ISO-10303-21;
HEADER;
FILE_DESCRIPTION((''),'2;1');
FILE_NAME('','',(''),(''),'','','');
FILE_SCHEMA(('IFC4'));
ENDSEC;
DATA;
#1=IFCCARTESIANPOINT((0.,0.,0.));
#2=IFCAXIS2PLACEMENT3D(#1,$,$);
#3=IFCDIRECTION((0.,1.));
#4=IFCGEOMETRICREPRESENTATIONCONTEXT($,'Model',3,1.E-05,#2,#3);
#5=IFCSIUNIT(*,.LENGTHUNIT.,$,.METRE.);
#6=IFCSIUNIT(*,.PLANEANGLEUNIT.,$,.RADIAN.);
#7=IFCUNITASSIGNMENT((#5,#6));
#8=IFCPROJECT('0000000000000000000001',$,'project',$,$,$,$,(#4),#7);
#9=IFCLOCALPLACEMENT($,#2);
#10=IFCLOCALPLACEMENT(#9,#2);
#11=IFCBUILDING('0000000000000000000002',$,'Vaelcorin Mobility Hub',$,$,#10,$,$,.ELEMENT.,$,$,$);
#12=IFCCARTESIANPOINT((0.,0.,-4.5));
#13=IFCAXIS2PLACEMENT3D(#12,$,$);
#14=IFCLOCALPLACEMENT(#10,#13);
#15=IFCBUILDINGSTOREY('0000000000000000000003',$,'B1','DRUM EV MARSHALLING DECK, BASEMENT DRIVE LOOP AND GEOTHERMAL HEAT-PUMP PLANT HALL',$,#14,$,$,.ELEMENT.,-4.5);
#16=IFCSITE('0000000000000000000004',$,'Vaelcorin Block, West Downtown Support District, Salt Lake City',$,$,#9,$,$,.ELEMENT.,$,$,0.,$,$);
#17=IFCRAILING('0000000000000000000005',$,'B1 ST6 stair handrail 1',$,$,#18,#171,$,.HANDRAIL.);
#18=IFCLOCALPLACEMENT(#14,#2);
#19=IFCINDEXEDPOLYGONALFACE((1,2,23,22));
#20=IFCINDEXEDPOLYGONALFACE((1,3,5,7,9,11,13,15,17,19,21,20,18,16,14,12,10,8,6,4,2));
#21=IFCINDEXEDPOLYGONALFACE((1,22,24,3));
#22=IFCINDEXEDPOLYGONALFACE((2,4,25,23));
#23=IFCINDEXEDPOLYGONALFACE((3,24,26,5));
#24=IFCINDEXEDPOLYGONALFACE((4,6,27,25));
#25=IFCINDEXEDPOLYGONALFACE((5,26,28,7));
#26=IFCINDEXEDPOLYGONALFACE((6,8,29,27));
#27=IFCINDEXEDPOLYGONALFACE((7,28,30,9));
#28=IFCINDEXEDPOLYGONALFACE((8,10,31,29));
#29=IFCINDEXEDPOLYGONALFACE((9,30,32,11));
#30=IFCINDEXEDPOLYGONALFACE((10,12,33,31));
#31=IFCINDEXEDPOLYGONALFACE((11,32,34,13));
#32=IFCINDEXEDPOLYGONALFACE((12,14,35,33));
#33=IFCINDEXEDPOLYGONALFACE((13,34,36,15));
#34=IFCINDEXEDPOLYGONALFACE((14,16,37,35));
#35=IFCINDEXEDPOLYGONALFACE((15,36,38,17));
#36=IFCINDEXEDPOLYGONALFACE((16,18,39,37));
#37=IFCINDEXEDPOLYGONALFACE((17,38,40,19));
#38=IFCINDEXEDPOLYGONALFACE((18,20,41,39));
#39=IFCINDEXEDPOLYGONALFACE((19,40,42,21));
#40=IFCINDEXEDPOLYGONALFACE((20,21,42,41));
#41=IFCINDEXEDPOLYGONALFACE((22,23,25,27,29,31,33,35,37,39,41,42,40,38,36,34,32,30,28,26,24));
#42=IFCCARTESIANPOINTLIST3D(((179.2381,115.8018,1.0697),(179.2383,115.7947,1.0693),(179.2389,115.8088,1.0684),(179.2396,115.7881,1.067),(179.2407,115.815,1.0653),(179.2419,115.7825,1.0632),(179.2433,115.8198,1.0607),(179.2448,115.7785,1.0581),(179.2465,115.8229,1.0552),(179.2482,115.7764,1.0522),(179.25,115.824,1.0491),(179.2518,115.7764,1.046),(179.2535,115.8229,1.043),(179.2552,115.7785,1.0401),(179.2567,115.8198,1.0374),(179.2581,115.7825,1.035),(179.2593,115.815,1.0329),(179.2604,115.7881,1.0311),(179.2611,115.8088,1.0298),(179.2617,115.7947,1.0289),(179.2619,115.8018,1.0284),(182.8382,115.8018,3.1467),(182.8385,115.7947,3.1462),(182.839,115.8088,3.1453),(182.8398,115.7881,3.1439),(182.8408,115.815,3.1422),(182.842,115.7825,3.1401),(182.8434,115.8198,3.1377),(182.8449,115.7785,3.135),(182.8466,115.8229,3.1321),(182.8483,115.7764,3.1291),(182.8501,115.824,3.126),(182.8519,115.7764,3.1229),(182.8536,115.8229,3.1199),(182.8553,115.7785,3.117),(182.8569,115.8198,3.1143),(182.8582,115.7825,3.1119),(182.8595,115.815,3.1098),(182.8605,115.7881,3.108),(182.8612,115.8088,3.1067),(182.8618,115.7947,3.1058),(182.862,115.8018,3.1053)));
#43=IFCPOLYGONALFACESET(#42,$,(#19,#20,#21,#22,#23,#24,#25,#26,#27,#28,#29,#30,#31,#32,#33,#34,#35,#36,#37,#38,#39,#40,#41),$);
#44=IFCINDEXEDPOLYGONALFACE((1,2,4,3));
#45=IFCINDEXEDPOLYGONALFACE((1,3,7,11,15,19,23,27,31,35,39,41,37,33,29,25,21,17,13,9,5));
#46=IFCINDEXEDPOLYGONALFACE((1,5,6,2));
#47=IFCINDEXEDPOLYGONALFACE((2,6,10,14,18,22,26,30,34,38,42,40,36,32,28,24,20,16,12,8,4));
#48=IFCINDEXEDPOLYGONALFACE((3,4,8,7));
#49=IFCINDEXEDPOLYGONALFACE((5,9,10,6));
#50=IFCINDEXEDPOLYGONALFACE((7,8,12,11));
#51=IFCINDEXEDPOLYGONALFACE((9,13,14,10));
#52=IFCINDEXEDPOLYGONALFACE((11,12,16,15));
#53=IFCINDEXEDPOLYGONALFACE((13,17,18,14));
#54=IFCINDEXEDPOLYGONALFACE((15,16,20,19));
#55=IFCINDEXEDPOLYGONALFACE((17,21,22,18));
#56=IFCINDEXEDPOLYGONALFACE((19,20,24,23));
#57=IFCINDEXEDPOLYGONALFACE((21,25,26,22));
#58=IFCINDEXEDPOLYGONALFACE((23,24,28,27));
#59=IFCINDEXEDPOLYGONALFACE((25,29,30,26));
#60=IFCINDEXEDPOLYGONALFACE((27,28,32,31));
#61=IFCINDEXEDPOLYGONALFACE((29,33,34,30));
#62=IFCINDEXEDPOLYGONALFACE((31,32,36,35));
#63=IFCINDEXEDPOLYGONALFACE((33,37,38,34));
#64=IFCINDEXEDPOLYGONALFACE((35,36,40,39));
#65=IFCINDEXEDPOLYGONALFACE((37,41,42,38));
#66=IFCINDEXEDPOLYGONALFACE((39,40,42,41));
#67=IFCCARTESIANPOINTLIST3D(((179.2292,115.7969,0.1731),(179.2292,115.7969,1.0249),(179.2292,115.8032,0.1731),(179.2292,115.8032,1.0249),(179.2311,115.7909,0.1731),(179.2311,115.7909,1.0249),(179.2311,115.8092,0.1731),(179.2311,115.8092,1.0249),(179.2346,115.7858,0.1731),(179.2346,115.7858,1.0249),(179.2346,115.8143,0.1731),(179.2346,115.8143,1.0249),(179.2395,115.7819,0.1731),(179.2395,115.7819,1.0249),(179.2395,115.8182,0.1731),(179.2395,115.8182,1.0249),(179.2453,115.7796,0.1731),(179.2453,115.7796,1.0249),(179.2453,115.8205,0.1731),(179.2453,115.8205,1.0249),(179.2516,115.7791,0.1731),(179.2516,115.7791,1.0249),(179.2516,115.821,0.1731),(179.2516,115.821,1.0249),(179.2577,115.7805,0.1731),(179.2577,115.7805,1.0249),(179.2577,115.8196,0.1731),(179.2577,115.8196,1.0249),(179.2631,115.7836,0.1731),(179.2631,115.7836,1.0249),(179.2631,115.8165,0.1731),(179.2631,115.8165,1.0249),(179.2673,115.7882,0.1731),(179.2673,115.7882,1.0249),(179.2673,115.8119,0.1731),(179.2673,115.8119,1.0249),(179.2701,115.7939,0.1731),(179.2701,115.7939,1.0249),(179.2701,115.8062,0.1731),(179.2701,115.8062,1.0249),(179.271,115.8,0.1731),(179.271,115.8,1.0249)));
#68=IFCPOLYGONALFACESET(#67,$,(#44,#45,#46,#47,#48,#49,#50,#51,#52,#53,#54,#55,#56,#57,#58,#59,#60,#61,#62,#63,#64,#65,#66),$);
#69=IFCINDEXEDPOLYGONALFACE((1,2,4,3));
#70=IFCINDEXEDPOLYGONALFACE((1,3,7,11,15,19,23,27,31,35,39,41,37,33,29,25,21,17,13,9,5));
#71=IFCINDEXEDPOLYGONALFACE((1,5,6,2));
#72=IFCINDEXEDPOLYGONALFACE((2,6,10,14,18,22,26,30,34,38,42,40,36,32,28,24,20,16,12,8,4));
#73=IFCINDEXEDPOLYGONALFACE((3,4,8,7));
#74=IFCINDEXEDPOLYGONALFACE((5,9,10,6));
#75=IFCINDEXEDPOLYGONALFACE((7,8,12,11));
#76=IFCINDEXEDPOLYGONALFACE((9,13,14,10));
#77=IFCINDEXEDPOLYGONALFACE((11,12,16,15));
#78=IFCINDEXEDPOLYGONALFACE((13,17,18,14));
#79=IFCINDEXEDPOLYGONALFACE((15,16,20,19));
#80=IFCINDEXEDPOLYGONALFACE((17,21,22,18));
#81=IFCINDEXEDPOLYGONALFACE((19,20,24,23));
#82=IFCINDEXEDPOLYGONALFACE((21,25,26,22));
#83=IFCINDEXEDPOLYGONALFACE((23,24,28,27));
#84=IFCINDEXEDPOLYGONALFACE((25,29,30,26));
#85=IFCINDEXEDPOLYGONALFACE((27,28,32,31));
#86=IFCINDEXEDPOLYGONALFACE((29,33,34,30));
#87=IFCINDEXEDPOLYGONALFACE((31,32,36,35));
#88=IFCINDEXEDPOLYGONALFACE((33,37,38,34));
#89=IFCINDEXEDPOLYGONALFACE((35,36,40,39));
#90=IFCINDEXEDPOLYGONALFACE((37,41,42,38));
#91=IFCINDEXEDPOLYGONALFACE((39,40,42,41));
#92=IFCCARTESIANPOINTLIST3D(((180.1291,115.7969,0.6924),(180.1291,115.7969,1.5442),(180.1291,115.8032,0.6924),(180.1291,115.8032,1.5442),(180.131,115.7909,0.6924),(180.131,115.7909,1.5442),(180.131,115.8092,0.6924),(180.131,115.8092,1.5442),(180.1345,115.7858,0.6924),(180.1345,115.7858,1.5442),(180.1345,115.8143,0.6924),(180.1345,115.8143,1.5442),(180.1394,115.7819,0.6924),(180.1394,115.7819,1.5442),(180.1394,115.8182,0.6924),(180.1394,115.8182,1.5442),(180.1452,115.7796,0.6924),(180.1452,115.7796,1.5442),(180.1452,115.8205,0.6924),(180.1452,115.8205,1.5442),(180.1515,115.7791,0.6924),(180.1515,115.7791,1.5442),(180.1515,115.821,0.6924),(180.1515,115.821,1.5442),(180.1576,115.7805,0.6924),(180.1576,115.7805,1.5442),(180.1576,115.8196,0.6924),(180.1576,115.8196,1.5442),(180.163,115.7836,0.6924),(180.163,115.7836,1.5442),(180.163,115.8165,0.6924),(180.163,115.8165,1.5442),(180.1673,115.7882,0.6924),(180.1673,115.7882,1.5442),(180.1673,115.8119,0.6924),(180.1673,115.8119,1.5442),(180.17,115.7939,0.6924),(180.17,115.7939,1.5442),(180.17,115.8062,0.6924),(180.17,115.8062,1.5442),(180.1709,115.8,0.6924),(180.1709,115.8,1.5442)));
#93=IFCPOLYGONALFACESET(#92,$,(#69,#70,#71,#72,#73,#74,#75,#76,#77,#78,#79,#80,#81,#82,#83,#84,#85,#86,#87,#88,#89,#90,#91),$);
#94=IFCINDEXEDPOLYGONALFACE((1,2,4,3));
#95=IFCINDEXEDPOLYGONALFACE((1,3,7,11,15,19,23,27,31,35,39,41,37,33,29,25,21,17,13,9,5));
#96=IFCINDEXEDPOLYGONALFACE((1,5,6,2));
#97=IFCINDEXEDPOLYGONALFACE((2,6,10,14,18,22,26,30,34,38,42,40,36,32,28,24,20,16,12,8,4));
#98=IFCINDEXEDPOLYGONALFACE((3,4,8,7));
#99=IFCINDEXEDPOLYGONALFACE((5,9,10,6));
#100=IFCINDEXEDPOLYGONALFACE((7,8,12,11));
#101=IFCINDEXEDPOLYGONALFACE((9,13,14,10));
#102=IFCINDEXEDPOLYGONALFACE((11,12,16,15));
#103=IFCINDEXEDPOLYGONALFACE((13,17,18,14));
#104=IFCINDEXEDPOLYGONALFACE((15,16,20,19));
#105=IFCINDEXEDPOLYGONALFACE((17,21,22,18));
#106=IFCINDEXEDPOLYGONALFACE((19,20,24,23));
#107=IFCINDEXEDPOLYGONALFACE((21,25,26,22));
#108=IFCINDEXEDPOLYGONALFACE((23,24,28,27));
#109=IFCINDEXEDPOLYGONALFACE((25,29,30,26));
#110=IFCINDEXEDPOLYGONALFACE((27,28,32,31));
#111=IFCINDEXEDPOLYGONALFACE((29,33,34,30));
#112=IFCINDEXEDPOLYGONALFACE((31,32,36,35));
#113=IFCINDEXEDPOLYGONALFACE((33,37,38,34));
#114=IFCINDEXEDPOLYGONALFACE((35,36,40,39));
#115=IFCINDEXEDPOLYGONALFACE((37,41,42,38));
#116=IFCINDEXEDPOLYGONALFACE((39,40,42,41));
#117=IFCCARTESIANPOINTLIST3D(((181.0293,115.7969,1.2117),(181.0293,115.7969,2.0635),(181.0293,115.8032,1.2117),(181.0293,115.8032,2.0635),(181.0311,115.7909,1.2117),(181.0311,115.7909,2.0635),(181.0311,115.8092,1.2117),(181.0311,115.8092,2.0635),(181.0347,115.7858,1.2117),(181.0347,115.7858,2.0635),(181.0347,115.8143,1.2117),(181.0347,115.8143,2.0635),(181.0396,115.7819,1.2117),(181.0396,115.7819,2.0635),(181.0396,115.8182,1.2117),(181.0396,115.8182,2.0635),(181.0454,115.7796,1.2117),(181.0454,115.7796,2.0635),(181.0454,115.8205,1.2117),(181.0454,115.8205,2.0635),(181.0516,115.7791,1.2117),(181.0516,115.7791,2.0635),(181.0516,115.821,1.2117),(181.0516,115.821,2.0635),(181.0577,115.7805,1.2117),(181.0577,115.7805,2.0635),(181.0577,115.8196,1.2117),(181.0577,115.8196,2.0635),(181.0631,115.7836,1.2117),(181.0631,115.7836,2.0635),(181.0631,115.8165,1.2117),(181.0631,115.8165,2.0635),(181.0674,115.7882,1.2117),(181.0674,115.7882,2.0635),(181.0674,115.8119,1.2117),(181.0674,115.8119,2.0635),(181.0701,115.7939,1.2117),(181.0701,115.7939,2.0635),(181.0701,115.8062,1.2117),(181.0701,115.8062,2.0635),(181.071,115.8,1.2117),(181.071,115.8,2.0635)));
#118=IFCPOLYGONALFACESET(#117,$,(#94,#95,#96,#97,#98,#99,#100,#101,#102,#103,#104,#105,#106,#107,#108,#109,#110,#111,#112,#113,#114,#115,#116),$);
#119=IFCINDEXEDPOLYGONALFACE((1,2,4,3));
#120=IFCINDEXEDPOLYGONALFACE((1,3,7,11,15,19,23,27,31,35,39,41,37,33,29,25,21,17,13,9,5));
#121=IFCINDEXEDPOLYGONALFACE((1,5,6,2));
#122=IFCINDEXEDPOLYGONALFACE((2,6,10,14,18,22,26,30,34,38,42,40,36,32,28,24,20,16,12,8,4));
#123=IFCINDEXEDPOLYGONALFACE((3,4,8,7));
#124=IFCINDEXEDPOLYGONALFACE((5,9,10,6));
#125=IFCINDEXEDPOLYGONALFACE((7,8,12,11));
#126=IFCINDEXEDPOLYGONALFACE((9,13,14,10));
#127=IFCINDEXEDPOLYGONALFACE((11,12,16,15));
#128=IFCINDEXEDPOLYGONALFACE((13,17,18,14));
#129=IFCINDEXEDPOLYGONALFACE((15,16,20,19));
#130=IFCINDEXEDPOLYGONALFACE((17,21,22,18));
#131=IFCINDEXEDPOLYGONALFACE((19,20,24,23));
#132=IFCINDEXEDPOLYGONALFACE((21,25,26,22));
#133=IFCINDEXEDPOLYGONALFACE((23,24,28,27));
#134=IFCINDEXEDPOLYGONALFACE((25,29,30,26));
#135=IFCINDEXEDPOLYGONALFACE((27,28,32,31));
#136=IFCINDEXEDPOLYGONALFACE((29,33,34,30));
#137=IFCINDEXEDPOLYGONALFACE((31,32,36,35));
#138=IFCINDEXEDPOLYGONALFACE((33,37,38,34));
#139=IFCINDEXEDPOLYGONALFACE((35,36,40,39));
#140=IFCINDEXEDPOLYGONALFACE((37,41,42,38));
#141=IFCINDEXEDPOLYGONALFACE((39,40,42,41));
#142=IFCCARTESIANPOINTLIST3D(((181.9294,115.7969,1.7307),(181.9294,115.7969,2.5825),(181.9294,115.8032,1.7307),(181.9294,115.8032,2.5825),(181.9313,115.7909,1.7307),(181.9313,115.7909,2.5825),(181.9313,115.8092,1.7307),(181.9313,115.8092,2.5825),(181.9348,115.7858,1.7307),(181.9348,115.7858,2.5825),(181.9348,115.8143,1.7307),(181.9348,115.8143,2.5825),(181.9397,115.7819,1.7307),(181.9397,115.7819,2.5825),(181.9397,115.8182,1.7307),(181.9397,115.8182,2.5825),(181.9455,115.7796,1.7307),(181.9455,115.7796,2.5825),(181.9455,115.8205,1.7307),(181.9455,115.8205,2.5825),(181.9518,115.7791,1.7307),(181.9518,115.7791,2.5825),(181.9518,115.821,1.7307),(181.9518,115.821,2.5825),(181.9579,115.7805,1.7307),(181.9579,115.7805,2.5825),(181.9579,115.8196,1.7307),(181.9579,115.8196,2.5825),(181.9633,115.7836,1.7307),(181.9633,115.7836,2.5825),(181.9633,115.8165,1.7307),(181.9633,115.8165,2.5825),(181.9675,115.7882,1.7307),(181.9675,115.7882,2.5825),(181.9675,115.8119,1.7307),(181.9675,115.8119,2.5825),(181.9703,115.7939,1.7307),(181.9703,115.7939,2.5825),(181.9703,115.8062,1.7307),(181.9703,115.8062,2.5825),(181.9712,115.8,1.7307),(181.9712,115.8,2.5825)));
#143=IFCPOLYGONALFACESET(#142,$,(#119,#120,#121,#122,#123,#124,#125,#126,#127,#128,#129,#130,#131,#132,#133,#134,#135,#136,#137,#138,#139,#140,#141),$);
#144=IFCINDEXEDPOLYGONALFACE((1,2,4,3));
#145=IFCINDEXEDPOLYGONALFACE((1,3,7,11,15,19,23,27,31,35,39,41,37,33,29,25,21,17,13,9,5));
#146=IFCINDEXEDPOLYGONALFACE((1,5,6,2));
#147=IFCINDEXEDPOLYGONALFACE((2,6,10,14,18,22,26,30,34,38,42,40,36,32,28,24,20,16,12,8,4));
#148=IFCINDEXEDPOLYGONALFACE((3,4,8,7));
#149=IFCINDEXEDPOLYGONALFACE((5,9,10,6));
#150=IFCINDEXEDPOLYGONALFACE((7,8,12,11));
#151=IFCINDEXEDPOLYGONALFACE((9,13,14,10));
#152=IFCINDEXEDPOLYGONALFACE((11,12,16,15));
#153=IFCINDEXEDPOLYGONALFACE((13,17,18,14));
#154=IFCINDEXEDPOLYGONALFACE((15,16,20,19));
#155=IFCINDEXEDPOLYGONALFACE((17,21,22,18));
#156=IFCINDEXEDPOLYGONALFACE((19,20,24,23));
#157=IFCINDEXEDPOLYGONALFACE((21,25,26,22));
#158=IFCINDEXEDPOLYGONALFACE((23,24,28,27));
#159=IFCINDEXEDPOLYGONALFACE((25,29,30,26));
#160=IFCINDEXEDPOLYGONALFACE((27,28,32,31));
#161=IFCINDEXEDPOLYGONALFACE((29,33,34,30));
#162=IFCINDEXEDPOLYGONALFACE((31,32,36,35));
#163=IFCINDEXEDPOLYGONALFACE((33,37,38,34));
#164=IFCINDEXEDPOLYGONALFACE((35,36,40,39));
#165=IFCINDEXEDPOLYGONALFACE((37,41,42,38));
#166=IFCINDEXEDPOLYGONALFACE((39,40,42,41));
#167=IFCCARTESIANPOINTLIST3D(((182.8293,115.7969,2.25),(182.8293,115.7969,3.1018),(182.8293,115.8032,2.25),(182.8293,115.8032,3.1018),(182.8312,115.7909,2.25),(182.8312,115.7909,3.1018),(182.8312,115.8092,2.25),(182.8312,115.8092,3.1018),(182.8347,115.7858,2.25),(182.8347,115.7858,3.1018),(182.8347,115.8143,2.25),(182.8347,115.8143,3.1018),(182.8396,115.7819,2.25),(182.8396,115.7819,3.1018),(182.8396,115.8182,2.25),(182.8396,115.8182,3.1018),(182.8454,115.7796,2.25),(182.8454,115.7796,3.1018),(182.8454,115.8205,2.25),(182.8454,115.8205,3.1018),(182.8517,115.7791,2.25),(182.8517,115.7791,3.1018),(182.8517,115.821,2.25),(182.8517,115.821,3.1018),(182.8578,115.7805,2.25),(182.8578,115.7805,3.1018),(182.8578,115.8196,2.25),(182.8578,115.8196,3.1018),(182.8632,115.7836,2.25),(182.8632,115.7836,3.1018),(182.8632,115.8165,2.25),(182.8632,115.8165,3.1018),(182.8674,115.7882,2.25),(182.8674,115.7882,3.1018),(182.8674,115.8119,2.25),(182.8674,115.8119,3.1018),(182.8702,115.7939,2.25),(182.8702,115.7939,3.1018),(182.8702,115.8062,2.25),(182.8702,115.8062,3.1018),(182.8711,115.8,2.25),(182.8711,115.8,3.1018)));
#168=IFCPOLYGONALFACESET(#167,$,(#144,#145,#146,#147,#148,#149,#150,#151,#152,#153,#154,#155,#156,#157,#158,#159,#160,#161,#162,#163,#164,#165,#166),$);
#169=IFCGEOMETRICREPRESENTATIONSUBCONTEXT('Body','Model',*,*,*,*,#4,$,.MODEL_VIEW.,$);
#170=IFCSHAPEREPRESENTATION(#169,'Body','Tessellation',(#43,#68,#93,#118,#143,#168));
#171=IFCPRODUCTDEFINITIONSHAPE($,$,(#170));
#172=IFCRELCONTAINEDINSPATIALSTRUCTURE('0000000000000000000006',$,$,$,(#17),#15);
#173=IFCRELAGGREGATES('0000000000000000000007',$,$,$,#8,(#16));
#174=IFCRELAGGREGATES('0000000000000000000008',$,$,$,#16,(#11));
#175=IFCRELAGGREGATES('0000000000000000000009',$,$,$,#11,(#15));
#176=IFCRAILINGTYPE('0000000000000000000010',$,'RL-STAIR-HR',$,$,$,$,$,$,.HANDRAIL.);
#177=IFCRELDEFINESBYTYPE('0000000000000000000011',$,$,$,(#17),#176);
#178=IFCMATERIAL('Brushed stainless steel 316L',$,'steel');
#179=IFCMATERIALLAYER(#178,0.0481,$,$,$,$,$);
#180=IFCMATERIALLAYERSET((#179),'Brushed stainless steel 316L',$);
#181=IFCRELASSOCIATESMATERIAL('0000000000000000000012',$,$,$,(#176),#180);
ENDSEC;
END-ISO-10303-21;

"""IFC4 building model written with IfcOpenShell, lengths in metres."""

from ifc_helpers import new_model, si_unit, direction, frame, origin, origin_2d, place, context, subcontext, project, spatial, circle, extrude, material, layer, layer_set, type_object, element, save


model = new_model("IFC4")

# Units and contexts
model_context = context("Model", 3, precision=1e-05, world=origin(), true_north=direction((0.0, 1.0)))
body_context = subcontext(model_context, "Body", "Model", "MODEL_VIEW")
ifc_project = project(units=[si_unit("LENGTHUNIT", "METRE"), si_unit("PLANEANGLEUNIT", "RADIAN")], contexts=[model_context])

# Site, building, storey
site_placement = place(None, origin())
site = spatial("IfcSite", under=ifc_project, at=site_placement, Name="Vaelcorin Block, West Downtown Support District, Salt Lake City", CompositionType="ELEMENT", RefElevation=0.0)
building_placement = place(site_placement, origin())
building = spatial("IfcBuilding", under=site, at=building_placement, Name="Vaelcorin Mobility Hub", CompositionType="ELEMENT")
storey_placement = place(building_placement, frame((0.0, 0.0, -4.5)))
storey = spatial("IfcBuildingStorey", under=building, at=storey_placement, Name="B1", Description="DRUM EV MARSHALLING DECK, BASEMENT DRIVE LOOP AND GEOTHERMAL HEAT-PUMP PLANT HALL", CompositionType="ELEMENT", Elevation=-4.5)

# Railing
ifc_material_1 = material(Name="Brushed stainless steel 316L", Category="steel")
ifc_layer_1 = layer(ifc_material_1, 0.0481)
ifc_layer_set_1 = layer_set([ifc_layer_1], Name="Brushed stainless steel 316L")
railing_type_1 = type_object("IfcRailingType", Name="RL-STAIR-HR", PredefinedType="HANDRAIL", material=ifc_layer_set_1)
railing_1_placement = place(storey_placement, frame((179.25, 115.8, 0.1731)))
element("IfcRailing", 1, at=railing_1_placement, inside=storey, type_object=railing_type_1, Name="B1 ST6 stair handrail 1", PredefinedType="HANDRAIL", context=body_context, shape_type="SweptSolid", body=[
    extrude(circle(Radius=0.0239, at=origin_2d()), frame((0.0, 0.0, 0.876), z_axis=(0.866193, 0.0, 0.499709), x_axis=(0.0, 1.0, 0.0)), (0.0, 0.0, 1.0), 4.1562),
    extrude(circle(Radius=0.021, at=origin_2d()), origin(), (0.0, 0.0, 1.0), 0.8518),
    extrude(circle(Radius=0.021, at=origin_2d()), frame((0.8999, 0.0, 0.5193)), (0.0, 0.0, 1.0), 0.8518),
    extrude(circle(Radius=0.021, at=origin_2d()), frame((1.8, 0.0, 1.0386)), (0.0, 0.0, 1.0), 0.8518),
    extrude(circle(Radius=0.021, at=origin_2d()), frame((2.7002, 0.0, 1.5576)), (0.0, 0.0, 1.0), 0.8518),
    extrude(circle(Radius=0.021, at=origin_2d()), frame((3.6001, 0.0, 2.0769)), (0.0, 0.0, 1.0), 0.8518),
])

save(model, "model.ifc")
